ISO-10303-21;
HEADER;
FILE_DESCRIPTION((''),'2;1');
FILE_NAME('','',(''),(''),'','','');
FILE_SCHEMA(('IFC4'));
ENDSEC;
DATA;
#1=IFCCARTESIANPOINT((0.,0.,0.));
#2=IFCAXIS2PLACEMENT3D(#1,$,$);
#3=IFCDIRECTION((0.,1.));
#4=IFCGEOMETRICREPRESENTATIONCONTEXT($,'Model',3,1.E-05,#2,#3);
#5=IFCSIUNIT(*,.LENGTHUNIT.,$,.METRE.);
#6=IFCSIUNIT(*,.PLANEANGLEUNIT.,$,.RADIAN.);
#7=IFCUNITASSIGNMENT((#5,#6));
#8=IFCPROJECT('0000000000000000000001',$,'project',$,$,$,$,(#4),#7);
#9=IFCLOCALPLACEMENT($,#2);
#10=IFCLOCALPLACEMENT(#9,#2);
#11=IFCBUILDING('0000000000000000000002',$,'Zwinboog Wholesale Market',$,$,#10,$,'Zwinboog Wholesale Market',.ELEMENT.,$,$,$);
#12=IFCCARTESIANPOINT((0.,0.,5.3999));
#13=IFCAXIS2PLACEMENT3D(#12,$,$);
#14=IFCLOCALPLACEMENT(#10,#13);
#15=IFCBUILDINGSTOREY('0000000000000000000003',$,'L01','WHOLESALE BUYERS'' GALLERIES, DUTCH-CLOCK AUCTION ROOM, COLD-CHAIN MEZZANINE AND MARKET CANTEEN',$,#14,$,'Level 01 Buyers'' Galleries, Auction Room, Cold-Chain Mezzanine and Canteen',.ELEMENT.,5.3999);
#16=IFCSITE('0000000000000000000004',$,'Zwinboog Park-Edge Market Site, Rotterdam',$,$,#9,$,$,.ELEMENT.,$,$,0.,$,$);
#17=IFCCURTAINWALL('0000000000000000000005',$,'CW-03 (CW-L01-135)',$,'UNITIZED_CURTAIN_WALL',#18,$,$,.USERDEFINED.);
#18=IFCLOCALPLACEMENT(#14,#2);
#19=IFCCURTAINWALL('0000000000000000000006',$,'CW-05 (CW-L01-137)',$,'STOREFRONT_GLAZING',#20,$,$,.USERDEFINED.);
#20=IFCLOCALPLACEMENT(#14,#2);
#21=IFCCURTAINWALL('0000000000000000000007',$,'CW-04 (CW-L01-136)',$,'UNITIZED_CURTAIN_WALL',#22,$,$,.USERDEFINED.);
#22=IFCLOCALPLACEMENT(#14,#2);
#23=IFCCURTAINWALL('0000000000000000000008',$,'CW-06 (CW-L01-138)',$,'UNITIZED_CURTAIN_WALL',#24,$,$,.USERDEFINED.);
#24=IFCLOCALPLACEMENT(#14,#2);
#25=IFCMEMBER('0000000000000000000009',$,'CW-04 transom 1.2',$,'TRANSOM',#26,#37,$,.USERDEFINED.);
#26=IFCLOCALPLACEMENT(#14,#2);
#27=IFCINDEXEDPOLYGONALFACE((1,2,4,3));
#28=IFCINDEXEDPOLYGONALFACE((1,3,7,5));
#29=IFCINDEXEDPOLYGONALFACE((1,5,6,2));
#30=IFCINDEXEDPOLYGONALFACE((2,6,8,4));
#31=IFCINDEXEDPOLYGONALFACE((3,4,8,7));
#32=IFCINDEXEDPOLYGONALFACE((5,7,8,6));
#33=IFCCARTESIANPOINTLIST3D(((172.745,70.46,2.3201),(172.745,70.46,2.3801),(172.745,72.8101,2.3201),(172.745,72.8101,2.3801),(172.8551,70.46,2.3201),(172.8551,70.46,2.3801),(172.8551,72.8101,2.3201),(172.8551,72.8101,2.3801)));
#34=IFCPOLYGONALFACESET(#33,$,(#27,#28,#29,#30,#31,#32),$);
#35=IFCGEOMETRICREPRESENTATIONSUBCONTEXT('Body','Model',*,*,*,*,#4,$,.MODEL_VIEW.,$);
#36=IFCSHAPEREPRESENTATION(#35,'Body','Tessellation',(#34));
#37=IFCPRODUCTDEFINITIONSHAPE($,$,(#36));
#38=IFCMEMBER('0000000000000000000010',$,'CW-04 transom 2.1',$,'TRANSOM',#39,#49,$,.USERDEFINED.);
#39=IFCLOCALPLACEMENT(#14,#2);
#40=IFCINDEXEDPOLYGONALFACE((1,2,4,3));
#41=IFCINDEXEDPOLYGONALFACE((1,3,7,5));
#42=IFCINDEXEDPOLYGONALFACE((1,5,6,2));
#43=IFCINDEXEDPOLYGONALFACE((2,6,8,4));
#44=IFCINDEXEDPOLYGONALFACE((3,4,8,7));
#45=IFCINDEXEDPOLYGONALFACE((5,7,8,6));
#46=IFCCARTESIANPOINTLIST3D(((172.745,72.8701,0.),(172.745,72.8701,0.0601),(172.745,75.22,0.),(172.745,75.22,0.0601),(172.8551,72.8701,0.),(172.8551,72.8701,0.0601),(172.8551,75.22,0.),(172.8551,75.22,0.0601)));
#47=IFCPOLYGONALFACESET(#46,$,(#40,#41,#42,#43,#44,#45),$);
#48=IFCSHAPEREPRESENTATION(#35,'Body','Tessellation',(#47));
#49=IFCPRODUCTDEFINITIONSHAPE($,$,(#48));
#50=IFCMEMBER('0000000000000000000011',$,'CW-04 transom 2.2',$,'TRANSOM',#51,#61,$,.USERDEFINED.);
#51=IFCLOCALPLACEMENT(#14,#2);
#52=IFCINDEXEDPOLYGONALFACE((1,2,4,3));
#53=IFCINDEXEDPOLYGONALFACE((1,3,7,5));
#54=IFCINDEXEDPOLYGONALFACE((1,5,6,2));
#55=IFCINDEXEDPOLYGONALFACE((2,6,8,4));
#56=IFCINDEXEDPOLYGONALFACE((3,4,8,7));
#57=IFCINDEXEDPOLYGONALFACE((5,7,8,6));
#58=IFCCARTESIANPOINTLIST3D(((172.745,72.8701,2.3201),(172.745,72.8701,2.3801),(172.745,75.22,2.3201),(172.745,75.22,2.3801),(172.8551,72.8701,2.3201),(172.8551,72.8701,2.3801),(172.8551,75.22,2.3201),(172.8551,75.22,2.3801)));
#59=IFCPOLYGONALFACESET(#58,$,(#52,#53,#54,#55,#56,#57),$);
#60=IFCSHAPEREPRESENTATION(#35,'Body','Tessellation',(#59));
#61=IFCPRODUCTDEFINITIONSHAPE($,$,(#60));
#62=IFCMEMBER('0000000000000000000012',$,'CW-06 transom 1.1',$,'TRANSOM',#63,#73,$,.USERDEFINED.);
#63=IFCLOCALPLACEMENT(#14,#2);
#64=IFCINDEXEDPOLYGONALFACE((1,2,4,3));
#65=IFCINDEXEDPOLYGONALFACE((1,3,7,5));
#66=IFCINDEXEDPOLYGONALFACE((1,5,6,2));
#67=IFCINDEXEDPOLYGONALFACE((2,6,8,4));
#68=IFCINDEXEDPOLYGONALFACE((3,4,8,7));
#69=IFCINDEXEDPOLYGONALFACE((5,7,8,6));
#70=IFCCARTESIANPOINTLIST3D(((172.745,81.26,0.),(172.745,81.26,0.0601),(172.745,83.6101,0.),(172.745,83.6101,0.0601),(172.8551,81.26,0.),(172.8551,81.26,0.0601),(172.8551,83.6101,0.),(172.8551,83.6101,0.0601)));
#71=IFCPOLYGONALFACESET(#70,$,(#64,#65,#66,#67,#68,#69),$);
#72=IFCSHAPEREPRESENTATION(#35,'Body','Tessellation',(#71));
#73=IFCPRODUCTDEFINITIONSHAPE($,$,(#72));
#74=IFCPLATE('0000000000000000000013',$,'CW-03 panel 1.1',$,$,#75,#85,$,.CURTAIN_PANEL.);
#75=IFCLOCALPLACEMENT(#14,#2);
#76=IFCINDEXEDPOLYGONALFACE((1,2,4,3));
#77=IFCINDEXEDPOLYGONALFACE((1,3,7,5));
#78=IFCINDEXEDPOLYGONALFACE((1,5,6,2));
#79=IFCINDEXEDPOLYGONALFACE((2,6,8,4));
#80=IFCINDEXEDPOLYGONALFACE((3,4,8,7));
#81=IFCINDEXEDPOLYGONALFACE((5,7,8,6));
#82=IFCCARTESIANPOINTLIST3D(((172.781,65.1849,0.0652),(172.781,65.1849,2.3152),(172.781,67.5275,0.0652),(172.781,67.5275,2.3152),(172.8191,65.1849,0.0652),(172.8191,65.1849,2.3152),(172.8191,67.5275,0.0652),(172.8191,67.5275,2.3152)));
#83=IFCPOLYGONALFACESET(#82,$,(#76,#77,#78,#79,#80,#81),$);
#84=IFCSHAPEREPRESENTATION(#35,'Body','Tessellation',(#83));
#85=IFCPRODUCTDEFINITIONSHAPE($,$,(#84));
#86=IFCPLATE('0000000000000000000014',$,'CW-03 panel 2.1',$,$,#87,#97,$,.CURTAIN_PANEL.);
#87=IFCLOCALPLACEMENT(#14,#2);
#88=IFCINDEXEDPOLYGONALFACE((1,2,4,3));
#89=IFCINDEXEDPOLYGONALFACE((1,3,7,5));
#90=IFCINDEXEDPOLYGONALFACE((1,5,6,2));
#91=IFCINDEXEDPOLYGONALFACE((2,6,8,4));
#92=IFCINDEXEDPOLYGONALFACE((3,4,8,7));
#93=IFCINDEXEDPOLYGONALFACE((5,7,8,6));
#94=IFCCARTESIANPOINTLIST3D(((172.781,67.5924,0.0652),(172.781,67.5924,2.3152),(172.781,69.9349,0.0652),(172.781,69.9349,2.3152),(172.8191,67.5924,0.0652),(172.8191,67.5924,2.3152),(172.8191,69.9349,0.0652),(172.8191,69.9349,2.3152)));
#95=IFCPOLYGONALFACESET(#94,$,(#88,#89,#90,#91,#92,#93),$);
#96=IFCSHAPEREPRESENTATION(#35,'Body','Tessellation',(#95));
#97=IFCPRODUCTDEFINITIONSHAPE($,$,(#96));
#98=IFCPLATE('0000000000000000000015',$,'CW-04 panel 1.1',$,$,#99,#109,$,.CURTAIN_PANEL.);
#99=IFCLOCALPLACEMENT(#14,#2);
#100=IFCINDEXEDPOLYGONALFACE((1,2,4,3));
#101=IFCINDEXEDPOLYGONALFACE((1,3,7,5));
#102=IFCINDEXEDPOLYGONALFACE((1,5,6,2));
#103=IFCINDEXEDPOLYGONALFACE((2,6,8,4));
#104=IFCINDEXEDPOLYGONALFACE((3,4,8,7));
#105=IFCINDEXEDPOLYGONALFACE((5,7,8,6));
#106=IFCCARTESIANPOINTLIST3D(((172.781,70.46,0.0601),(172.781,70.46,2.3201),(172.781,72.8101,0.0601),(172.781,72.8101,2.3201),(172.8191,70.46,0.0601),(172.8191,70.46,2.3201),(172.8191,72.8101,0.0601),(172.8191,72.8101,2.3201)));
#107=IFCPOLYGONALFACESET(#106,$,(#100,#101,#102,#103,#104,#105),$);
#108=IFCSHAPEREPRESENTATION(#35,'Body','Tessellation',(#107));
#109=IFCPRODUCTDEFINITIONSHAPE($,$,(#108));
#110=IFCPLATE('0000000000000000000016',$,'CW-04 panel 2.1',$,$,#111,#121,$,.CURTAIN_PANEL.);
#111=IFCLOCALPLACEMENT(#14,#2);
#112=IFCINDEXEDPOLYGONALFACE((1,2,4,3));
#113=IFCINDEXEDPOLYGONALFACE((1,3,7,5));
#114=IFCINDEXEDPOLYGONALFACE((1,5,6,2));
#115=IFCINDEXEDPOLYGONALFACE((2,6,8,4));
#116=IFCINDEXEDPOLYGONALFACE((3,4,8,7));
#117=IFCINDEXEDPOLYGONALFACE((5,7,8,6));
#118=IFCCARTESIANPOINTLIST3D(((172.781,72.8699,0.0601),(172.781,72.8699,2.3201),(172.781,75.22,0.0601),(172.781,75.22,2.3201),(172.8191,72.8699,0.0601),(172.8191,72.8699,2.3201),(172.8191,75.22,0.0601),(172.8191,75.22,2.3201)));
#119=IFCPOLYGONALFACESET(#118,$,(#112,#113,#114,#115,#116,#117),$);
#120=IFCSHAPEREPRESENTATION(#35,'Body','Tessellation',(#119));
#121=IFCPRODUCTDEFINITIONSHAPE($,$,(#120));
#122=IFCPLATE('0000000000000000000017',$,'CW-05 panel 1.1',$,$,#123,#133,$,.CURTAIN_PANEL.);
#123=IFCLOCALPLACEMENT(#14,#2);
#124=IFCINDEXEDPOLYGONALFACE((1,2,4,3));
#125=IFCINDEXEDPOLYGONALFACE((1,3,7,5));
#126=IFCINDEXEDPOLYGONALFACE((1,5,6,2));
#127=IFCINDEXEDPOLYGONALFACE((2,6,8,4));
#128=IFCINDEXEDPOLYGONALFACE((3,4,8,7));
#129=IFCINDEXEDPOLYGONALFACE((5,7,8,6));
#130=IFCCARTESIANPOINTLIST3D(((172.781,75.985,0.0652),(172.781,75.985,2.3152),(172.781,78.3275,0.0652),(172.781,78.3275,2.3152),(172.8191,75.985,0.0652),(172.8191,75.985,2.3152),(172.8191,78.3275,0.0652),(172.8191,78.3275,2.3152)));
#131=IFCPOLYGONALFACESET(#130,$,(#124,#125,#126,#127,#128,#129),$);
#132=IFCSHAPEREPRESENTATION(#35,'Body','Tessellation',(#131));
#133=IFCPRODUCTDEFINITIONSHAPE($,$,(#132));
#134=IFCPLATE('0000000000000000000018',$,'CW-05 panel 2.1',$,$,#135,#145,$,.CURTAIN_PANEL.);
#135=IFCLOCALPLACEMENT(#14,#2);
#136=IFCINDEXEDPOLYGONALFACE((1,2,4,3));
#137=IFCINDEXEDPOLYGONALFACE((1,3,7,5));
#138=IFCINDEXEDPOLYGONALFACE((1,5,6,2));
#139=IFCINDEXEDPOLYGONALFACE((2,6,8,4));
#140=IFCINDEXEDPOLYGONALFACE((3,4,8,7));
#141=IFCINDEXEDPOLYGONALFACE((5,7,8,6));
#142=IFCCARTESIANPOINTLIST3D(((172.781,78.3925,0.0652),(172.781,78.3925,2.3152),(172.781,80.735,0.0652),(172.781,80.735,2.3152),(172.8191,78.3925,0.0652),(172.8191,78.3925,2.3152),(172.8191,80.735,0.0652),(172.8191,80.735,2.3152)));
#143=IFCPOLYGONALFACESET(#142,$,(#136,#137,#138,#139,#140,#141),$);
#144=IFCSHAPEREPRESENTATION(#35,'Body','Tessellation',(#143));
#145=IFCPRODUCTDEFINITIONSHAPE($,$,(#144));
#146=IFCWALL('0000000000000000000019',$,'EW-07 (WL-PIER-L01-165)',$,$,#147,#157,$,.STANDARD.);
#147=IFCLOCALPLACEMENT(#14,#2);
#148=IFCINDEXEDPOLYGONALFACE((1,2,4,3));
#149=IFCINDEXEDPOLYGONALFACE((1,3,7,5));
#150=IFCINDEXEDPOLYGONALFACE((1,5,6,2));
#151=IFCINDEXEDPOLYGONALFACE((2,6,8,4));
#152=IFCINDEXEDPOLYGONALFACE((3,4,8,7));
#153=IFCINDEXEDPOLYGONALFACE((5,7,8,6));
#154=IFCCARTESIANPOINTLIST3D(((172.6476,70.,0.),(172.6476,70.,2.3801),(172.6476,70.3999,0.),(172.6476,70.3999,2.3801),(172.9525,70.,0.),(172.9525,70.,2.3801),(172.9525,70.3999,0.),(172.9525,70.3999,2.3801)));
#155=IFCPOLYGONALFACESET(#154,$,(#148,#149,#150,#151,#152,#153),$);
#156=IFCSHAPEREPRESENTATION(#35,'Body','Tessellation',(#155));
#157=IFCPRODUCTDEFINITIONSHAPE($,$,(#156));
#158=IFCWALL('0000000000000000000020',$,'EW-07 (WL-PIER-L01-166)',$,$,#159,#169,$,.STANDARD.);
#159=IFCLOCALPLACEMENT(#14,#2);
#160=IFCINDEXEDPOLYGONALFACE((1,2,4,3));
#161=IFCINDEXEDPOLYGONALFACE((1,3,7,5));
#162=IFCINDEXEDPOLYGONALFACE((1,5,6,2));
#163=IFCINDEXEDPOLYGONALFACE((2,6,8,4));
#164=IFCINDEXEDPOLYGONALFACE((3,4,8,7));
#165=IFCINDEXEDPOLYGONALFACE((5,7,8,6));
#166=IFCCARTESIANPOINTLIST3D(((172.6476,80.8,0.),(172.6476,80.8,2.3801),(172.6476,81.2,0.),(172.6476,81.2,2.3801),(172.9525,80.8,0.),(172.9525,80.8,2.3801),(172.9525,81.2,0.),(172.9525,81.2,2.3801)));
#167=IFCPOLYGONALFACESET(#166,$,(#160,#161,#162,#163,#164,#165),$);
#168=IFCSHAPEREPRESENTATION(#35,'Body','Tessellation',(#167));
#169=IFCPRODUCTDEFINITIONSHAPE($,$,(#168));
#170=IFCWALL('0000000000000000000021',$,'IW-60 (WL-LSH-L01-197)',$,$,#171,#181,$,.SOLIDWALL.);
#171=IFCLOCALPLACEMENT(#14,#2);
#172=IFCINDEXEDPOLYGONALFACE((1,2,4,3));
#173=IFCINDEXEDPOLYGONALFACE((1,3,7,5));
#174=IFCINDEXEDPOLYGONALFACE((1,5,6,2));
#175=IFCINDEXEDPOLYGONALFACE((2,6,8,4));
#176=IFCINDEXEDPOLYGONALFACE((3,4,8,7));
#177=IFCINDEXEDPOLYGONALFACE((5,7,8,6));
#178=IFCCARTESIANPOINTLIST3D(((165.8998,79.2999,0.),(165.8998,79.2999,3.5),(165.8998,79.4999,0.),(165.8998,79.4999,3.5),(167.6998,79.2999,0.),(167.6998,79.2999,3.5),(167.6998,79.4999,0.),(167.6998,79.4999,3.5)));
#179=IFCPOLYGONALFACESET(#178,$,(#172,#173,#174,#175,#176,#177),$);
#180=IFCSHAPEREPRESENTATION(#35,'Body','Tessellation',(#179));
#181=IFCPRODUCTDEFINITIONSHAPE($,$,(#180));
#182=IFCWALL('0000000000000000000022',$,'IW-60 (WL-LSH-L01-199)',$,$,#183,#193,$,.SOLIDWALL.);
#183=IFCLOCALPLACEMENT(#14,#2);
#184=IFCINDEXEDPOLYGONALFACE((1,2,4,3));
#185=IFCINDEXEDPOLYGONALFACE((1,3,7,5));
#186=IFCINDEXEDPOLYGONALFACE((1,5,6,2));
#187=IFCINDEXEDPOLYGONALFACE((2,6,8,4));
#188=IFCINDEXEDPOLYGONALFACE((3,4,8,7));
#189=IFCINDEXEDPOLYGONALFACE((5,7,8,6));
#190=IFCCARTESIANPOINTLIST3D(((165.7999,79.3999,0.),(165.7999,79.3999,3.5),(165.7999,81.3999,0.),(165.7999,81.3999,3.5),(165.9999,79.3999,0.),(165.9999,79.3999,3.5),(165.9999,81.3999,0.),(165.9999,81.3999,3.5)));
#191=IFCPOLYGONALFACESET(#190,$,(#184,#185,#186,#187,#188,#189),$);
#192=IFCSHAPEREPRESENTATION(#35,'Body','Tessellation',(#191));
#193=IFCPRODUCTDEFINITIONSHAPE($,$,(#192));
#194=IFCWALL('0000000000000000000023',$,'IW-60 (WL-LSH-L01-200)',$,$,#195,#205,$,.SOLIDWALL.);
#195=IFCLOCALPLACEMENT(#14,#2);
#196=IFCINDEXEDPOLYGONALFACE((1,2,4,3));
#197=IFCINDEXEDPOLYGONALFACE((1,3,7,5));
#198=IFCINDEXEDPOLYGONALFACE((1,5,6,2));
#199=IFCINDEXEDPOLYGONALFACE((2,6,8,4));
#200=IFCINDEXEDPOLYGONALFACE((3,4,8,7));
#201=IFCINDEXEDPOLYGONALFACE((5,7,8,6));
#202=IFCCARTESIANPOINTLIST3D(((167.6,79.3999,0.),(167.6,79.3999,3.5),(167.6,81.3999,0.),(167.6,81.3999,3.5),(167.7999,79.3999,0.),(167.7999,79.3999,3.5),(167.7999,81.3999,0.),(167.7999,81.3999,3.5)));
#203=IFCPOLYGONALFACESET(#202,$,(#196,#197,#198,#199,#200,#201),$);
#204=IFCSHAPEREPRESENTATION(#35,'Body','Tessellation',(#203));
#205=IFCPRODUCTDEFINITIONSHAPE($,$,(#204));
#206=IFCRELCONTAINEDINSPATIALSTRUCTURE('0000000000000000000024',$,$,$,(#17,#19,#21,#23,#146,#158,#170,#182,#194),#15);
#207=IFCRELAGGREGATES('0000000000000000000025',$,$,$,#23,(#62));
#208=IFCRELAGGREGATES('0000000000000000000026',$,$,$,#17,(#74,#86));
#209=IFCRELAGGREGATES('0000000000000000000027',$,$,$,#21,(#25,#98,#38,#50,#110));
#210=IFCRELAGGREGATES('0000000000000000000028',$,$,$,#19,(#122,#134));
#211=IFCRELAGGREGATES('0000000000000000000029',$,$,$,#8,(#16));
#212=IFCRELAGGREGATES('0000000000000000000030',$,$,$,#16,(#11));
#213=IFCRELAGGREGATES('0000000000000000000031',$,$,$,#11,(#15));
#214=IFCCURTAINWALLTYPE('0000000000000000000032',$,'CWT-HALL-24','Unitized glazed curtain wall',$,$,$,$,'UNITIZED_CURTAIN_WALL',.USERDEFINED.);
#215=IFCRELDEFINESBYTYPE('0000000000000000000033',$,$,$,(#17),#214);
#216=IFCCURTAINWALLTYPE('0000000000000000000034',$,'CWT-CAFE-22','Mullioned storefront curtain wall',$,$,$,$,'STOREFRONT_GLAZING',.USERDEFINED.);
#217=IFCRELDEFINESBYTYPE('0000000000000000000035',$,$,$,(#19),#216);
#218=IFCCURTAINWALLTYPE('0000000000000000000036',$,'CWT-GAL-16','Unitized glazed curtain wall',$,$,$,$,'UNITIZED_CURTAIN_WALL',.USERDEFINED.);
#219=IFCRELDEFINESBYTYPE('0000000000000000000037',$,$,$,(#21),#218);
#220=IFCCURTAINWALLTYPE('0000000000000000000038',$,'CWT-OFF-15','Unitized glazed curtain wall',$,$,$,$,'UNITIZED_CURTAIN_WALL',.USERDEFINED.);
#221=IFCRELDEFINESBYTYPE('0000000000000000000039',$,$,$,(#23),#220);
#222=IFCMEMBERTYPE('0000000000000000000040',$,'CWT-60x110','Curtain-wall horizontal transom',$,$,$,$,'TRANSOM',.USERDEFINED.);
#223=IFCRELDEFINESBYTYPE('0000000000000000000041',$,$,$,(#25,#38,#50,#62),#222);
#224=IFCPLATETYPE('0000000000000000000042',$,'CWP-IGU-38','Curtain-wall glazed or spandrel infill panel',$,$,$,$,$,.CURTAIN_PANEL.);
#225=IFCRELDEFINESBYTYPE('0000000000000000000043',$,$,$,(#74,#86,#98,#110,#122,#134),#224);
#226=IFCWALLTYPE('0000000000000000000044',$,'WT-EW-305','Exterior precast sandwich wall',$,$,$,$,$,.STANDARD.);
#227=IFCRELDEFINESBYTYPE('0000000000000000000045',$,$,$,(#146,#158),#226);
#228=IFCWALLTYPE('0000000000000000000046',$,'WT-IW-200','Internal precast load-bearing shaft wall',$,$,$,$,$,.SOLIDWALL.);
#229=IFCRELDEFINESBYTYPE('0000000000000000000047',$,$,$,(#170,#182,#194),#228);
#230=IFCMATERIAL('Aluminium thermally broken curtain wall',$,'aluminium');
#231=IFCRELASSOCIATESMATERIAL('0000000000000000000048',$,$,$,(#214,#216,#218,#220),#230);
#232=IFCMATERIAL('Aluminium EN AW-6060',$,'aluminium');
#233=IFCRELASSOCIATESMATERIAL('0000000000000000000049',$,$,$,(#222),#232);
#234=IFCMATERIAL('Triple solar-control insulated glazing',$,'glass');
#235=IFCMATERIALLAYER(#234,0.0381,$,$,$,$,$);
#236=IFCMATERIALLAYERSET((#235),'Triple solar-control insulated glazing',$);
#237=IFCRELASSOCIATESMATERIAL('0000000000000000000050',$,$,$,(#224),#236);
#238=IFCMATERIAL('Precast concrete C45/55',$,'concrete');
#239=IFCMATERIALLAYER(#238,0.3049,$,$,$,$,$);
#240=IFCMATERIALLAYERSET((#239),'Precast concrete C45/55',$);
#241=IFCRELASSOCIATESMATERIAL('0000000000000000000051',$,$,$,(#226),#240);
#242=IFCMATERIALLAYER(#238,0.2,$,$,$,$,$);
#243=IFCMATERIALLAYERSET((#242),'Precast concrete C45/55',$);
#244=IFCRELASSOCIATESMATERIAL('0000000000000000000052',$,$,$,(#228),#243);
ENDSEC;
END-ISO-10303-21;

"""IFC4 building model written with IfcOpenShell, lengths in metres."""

from ifc_helpers import new_model, si_unit, direction, frame, frame_2d, origin, origin_2d, place, context, subcontext, project, spatial, rectangle, extrude, material, layer, layer_set, material_profile, profile_set, type_object, element, aggregate, save


model = new_model("IFC4")

# Units and contexts
model_context = context("Model", 3, precision=1e-05, world=origin(), true_north=direction((0.0, 1.0)))
body_context = subcontext(model_context, "Body", "Model", "MODEL_VIEW")
ifc_project = project(units=[si_unit("LENGTHUNIT", "METRE"), si_unit("PLANEANGLEUNIT", "RADIAN")], contexts=[model_context])

# Site, building, storey
site_placement = place(None, origin())
site = spatial("IfcSite", under=ifc_project, at=site_placement, Name="Zwinboog Park-Edge Market Site, Rotterdam", CompositionType="ELEMENT", RefElevation=0.0)
building_placement = place(site_placement, origin())
building = spatial("IfcBuilding", under=site, at=building_placement, Name="Zwinboog Wholesale Market", LongName="Zwinboog Wholesale Market", CompositionType="ELEMENT")
storey_placement = place(building_placement, frame((0.0, 0.0, 5.3999)))
storey = spatial("IfcBuildingStorey", under=building, at=storey_placement, Name="L01", Description="WHOLESALE BUYERS' GALLERIES, DUTCH-CLOCK AUCTION ROOM, COLD-CHAIN MEZZANINE AND MARKET CANTEEN", LongName="Level 01 Buyers' Galleries, Auction Room, Cold-Chain Mezzanine and Canteen", CompositionType="ELEMENT", Elevation=5.3999)

# Shared definitions
ifc_material_1 = material(Name="Precast concrete C45/55", Category="concrete")

# Curtain walls
ifc_material_2 = material(Name="Aluminium thermally broken curtain wall", Category="aluminium")
curtain_wall_type_1 = type_object("IfcCurtainWallType", Name="CWT-HALL-24", Description="Unitized glazed curtain wall", ElementType="UNITIZED_CURTAIN_WALL", PredefinedType="USERDEFINED", material=ifc_material_2)
curtain_wall_1_placement = place(storey_placement, origin())
curtain_wall_1 = element("IfcCurtainWall", 1, at=curtain_wall_1_placement, inside=storey, type_object=curtain_wall_type_1, Name="CW-03 (CW-L01-135)", ObjectType="UNITIZED_CURTAIN_WALL", PredefinedType="USERDEFINED")
ifc_material_3 = material(Name="Aluminium EN AW-6060", Category="aluminium")
curtain_wall_type_2 = type_object("IfcCurtainWallType", Name="CWT-CAFE-22", Description="Mullioned storefront curtain wall", ElementType="STOREFRONT_GLAZING", PredefinedType="USERDEFINED", material=ifc_material_2)
curtain_wall_2_placement = place(storey_placement, origin())
curtain_wall_2 = element("IfcCurtainWall", 2, at=curtain_wall_2_placement, inside=storey, type_object=curtain_wall_type_2, Name="CW-05 (CW-L01-137)", ObjectType="STOREFRONT_GLAZING", PredefinedType="USERDEFINED")
curtain_wall_type_3 = type_object("IfcCurtainWallType", Name="CWT-GAL-16", Description="Unitized glazed curtain wall", ElementType="UNITIZED_CURTAIN_WALL", PredefinedType="USERDEFINED", material=ifc_material_2)
curtain_wall_3_placement = place(storey_placement, origin())
curtain_wall_3 = element("IfcCurtainWall", 3, at=curtain_wall_3_placement, inside=storey, type_object=curtain_wall_type_3, Name="CW-04 (CW-L01-136)", ObjectType="UNITIZED_CURTAIN_WALL", PredefinedType="USERDEFINED")

# Curtain wall
curtain_wall_type_4 = type_object("IfcCurtainWallType", Name="CWT-OFF-15", Description="Unitized glazed curtain wall", ElementType="UNITIZED_CURTAIN_WALL", PredefinedType="USERDEFINED", material=ifc_material_2)
curtain_wall_4_placement = place(storey_placement, origin())
curtain_wall_4 = element("IfcCurtainWall", 4, at=curtain_wall_4_placement, inside=storey, type_object=curtain_wall_type_4, Name="CW-06 (CW-L01-138)", ObjectType="UNITIZED_CURTAIN_WALL", PredefinedType="USERDEFINED")

# Members
ifc_material_profile_1 = material_profile(ifc_material_3, rectangle(XDim=0.1101, YDim=0.0601, at=origin_2d()), Name="AL 60x110")
ifc_profile_set_1 = profile_set([ifc_material_profile_1], Name="Aluminium EN AW-6060")
member_type_1 = type_object("IfcMemberType", Name="CWT-60x110", Description="Curtain-wall horizontal transom", ElementType="TRANSOM", PredefinedType="USERDEFINED", material=ifc_profile_set_1)
member_1_placement = place(storey_placement, frame((172.8, 70.46, 2.3501), z_axis=(0.0, 1.0, 0.0), x_axis=(-1.0, 0.0, 0.0)))
member_1 = element("IfcMember", 5, at=member_1_placement, type_object=member_type_1, Name="CW-04 transom 1.2", ObjectType="TRANSOM", PredefinedType="USERDEFINED", context=body_context, shape_type="SweptSolid", body=[
    extrude(rectangle(XDim=0.1101, YDim=0.0601, at=origin_2d()), origin(), (0.0, 0.0, 1.0), 2.3501),
])
member_2_placement = place(storey_placement, frame((172.8, 72.8701, 0.03), z_axis=(0.0, 1.0, 0.0), x_axis=(-1.0, 0.0, 0.0)))
member_2 = element("IfcMember", 6, at=member_2_placement, type_object=member_type_1, Name="CW-04 transom 2.1", ObjectType="TRANSOM", PredefinedType="USERDEFINED", context=body_context, shape_type="SweptSolid", body=[
    extrude(rectangle(XDim=0.1101, YDim=0.0601, at=origin_2d()), origin(), (0.0, 0.0, 1.0), 2.3499),
])
member_3_placement = place(storey_placement, frame((172.8, 72.8701, 2.3501), z_axis=(0.0, 1.0, 0.0), x_axis=(-1.0, 0.0, 0.0)))
member_3 = element("IfcMember", 7, at=member_3_placement, type_object=member_type_1, Name="CW-04 transom 2.2", ObjectType="TRANSOM", PredefinedType="USERDEFINED", context=body_context, shape_type="SweptSolid", body=[
    extrude(rectangle(XDim=0.1101, YDim=0.0601, at=origin_2d()), origin(), (0.0, 0.0, 1.0), 2.3499),
])
member_4_placement = place(storey_placement, frame((172.8, 81.26, 0.03), z_axis=(0.0, 1.0, 0.0), x_axis=(-1.0, 0.0, 0.0)))
member_4 = element("IfcMember", 8, at=member_4_placement, type_object=member_type_1, Name="CW-06 transom 1.1", ObjectType="TRANSOM", PredefinedType="USERDEFINED", context=body_context, shape_type="SweptSolid", body=[
    extrude(rectangle(XDim=0.1101, YDim=0.0601, at=origin_2d()), origin(), (0.0, 0.0, 1.0), 2.3501),
])
aggregate(curtain_wall_4, [member_4])

# Plates
ifc_material_4 = material(Name="Triple solar-control insulated glazing", Category="glass")
ifc_layer_1 = layer(ifc_material_4, 0.0381)
ifc_layer_set_1 = layer_set([ifc_layer_1], Name="Triple solar-control insulated glazing")
plate_type = type_object("IfcPlateType", Name="CWP-IGU-38", Description="Curtain-wall glazed or spandrel infill panel", PredefinedType="CURTAIN_PANEL", material=ifc_layer_set_1)
plate_1_placement = place(storey_placement, frame((172.8, 66.3562, 0.0652), z_axis=(0.0, 0.0, 1.0), x_axis=(0.0, 1.0, 0.0)))
plate_1 = element("IfcPlate", 9, at=plate_1_placement, type_object=plate_type, Name="CW-03 panel 1.1", PredefinedType="CURTAIN_PANEL", context=body_context, shape_type="SweptSolid", body=[
    extrude(rectangle(XDim=2.3425, YDim=0.0381, at=origin_2d()), origin(), (0.0, 0.0, 1.0), 2.25),
])
plate_2_placement = place(storey_placement, frame((172.8, 68.7637, 0.0652), z_axis=(0.0, 0.0, 1.0), x_axis=(0.0, 1.0, 0.0)))
plate_2 = element("IfcPlate", 10, at=plate_2_placement, type_object=plate_type, Name="CW-03 panel 2.1", PredefinedType="CURTAIN_PANEL", context=body_context, shape_type="SweptSolid", body=[
    extrude(rectangle(XDim=2.3425, YDim=0.0381, at=origin_2d()), origin(), (0.0, 0.0, 1.0), 2.25),
])
aggregate(curtain_wall_1, [plate_1, plate_2])
plate_3_placement = place(storey_placement, frame((172.8, 71.635, 0.0601), z_axis=(0.0, 0.0, 1.0), x_axis=(0.0, 1.0, 0.0)))
plate_3 = element("IfcPlate", 11, at=plate_3_placement, type_object=plate_type, Name="CW-04 panel 1.1", PredefinedType="CURTAIN_PANEL", context=body_context, shape_type="SweptSolid", body=[
    extrude(rectangle(XDim=2.3501, YDim=0.0381, at=origin_2d()), origin(), (0.0, 0.0, 1.0), 2.26),
])
plate_4_placement = place(storey_placement, frame((172.8, 74.0449, 0.0601), z_axis=(0.0, 0.0, 1.0), x_axis=(0.0, 1.0, 0.0)))
plate_4 = element("IfcPlate", 12, at=plate_4_placement, type_object=plate_type, Name="CW-04 panel 2.1", PredefinedType="CURTAIN_PANEL", context=body_context, shape_type="SweptSolid", body=[
    extrude(rectangle(XDim=2.3501, YDim=0.0381, at=origin_2d()), origin(), (0.0, 0.0, 1.0), 2.26),
])
aggregate(curtain_wall_3, [member_1, plate_3, member_2, member_3, plate_4])
plate_5_placement = place(storey_placement, frame((172.8, 77.1562, 0.0652), z_axis=(0.0, 0.0, 1.0), x_axis=(0.0, 1.0, 0.0)))
plate_5 = element("IfcPlate", 13, at=plate_5_placement, type_object=plate_type, Name="CW-05 panel 1.1", PredefinedType="CURTAIN_PANEL", context=body_context, shape_type="SweptSolid", body=[
    extrude(rectangle(XDim=2.3425, YDim=0.0381, at=origin_2d()), origin(), (0.0, 0.0, 1.0), 2.25),
])
plate_6_placement = place(storey_placement, frame((172.8, 79.5637, 0.0652), z_axis=(0.0, 0.0, 1.0), x_axis=(0.0, 1.0, 0.0)))
plate_6 = element("IfcPlate", 14, at=plate_6_placement, type_object=plate_type, Name="CW-05 panel 2.1", PredefinedType="CURTAIN_PANEL", context=body_context, shape_type="SweptSolid", body=[
    extrude(rectangle(XDim=2.3425, YDim=0.0381, at=origin_2d()), origin(), (0.0, 0.0, 1.0), 2.25),
])
aggregate(curtain_wall_2, [plate_5, plate_6])

# Walls
ifc_layer_2 = layer(ifc_material_1, 0.3049)
ifc_layer_set_2 = layer_set([ifc_layer_2], Name="Precast concrete C45/55")
wall_type_1 = type_object("IfcWallType", Name="WT-EW-305", Description="Exterior precast sandwich wall", PredefinedType="STANDARD", material=ifc_layer_set_2)
for number, where, z_axis, x_axis, name in (
    (15, (172.8, 70.0, 0.0), (0.0, 0.0, 1.0), (0.0, 1.0, 0.0), "EW-07 (WL-PIER-L01-165)"),
    (16, (172.8, 80.8, 0.0), (0.0, 0.0, 1.0), (0.0, 1.0, 0.0), "EW-07 (WL-PIER-L01-166)"),
):
    element("IfcWall", number, at=place(storey_placement, frame(where, z_axis=z_axis, x_axis=x_axis)), inside=storey, type_object=wall_type_1, Name=name, PredefinedType="STANDARD", context=body_context, shape_type="SweptSolid", body=[
        extrude(rectangle(XDim=0.3999, YDim=0.3049, at=frame_2d((0.2, 0.0))), origin(), (0.0, 0.0, 1.0), 2.3801),
    ])
ifc_layer_3 = layer(ifc_material_1, 0.2)
ifc_layer_set_3 = layer_set([ifc_layer_3], Name="Precast concrete C45/55")
wall_type_2 = type_object("IfcWallType", Name="WT-IW-200", Description="Internal precast load-bearing shaft wall", PredefinedType="SOLIDWALL", material=ifc_layer_set_3)
wall_placement = place(storey_placement, frame((165.8999, 79.3999, 0.0), z_axis=(0.0, 0.0, 1.0), x_axis=(1.0, 0.0, 0.0)))
element("IfcWall", 17, at=wall_placement, inside=storey, type_object=wall_type_2, Name="IW-60 (WL-LSH-L01-197)", PredefinedType="SOLIDWALL", context=body_context, shape_type="SweptSolid", body=[
    extrude(rectangle(XDim=1.8, YDim=0.2, at=frame_2d((0.8999, 0.0))), origin(), (0.0, 0.0, 1.0), 3.5),
])
for number, where, z_axis, x_axis, name in (
    (18, (165.8999, 79.3999, 0.0), (0.0, 0.0, 1.0), (0.0, 1.0, 0.0), "IW-60 (WL-LSH-L01-199)"),
    (19, (167.7, 79.3999, 0.0), (0.0, 0.0, 1.0), (0.0, 1.0, 0.0), "IW-60 (WL-LSH-L01-200)"),
):
    element("IfcWall", number, at=place(storey_placement, frame(where, z_axis=z_axis, x_axis=x_axis)), inside=storey, type_object=wall_type_2, Name=name, PredefinedType="SOLIDWALL", context=body_context, shape_type="SweptSolid", body=[
        extrude(rectangle(XDim=2.0, YDim=0.2, at=frame_2d((1.0, 0.0))), origin(), (0.0, 0.0, 1.0), 3.5),
    ])

save(model, "model.ifc")
